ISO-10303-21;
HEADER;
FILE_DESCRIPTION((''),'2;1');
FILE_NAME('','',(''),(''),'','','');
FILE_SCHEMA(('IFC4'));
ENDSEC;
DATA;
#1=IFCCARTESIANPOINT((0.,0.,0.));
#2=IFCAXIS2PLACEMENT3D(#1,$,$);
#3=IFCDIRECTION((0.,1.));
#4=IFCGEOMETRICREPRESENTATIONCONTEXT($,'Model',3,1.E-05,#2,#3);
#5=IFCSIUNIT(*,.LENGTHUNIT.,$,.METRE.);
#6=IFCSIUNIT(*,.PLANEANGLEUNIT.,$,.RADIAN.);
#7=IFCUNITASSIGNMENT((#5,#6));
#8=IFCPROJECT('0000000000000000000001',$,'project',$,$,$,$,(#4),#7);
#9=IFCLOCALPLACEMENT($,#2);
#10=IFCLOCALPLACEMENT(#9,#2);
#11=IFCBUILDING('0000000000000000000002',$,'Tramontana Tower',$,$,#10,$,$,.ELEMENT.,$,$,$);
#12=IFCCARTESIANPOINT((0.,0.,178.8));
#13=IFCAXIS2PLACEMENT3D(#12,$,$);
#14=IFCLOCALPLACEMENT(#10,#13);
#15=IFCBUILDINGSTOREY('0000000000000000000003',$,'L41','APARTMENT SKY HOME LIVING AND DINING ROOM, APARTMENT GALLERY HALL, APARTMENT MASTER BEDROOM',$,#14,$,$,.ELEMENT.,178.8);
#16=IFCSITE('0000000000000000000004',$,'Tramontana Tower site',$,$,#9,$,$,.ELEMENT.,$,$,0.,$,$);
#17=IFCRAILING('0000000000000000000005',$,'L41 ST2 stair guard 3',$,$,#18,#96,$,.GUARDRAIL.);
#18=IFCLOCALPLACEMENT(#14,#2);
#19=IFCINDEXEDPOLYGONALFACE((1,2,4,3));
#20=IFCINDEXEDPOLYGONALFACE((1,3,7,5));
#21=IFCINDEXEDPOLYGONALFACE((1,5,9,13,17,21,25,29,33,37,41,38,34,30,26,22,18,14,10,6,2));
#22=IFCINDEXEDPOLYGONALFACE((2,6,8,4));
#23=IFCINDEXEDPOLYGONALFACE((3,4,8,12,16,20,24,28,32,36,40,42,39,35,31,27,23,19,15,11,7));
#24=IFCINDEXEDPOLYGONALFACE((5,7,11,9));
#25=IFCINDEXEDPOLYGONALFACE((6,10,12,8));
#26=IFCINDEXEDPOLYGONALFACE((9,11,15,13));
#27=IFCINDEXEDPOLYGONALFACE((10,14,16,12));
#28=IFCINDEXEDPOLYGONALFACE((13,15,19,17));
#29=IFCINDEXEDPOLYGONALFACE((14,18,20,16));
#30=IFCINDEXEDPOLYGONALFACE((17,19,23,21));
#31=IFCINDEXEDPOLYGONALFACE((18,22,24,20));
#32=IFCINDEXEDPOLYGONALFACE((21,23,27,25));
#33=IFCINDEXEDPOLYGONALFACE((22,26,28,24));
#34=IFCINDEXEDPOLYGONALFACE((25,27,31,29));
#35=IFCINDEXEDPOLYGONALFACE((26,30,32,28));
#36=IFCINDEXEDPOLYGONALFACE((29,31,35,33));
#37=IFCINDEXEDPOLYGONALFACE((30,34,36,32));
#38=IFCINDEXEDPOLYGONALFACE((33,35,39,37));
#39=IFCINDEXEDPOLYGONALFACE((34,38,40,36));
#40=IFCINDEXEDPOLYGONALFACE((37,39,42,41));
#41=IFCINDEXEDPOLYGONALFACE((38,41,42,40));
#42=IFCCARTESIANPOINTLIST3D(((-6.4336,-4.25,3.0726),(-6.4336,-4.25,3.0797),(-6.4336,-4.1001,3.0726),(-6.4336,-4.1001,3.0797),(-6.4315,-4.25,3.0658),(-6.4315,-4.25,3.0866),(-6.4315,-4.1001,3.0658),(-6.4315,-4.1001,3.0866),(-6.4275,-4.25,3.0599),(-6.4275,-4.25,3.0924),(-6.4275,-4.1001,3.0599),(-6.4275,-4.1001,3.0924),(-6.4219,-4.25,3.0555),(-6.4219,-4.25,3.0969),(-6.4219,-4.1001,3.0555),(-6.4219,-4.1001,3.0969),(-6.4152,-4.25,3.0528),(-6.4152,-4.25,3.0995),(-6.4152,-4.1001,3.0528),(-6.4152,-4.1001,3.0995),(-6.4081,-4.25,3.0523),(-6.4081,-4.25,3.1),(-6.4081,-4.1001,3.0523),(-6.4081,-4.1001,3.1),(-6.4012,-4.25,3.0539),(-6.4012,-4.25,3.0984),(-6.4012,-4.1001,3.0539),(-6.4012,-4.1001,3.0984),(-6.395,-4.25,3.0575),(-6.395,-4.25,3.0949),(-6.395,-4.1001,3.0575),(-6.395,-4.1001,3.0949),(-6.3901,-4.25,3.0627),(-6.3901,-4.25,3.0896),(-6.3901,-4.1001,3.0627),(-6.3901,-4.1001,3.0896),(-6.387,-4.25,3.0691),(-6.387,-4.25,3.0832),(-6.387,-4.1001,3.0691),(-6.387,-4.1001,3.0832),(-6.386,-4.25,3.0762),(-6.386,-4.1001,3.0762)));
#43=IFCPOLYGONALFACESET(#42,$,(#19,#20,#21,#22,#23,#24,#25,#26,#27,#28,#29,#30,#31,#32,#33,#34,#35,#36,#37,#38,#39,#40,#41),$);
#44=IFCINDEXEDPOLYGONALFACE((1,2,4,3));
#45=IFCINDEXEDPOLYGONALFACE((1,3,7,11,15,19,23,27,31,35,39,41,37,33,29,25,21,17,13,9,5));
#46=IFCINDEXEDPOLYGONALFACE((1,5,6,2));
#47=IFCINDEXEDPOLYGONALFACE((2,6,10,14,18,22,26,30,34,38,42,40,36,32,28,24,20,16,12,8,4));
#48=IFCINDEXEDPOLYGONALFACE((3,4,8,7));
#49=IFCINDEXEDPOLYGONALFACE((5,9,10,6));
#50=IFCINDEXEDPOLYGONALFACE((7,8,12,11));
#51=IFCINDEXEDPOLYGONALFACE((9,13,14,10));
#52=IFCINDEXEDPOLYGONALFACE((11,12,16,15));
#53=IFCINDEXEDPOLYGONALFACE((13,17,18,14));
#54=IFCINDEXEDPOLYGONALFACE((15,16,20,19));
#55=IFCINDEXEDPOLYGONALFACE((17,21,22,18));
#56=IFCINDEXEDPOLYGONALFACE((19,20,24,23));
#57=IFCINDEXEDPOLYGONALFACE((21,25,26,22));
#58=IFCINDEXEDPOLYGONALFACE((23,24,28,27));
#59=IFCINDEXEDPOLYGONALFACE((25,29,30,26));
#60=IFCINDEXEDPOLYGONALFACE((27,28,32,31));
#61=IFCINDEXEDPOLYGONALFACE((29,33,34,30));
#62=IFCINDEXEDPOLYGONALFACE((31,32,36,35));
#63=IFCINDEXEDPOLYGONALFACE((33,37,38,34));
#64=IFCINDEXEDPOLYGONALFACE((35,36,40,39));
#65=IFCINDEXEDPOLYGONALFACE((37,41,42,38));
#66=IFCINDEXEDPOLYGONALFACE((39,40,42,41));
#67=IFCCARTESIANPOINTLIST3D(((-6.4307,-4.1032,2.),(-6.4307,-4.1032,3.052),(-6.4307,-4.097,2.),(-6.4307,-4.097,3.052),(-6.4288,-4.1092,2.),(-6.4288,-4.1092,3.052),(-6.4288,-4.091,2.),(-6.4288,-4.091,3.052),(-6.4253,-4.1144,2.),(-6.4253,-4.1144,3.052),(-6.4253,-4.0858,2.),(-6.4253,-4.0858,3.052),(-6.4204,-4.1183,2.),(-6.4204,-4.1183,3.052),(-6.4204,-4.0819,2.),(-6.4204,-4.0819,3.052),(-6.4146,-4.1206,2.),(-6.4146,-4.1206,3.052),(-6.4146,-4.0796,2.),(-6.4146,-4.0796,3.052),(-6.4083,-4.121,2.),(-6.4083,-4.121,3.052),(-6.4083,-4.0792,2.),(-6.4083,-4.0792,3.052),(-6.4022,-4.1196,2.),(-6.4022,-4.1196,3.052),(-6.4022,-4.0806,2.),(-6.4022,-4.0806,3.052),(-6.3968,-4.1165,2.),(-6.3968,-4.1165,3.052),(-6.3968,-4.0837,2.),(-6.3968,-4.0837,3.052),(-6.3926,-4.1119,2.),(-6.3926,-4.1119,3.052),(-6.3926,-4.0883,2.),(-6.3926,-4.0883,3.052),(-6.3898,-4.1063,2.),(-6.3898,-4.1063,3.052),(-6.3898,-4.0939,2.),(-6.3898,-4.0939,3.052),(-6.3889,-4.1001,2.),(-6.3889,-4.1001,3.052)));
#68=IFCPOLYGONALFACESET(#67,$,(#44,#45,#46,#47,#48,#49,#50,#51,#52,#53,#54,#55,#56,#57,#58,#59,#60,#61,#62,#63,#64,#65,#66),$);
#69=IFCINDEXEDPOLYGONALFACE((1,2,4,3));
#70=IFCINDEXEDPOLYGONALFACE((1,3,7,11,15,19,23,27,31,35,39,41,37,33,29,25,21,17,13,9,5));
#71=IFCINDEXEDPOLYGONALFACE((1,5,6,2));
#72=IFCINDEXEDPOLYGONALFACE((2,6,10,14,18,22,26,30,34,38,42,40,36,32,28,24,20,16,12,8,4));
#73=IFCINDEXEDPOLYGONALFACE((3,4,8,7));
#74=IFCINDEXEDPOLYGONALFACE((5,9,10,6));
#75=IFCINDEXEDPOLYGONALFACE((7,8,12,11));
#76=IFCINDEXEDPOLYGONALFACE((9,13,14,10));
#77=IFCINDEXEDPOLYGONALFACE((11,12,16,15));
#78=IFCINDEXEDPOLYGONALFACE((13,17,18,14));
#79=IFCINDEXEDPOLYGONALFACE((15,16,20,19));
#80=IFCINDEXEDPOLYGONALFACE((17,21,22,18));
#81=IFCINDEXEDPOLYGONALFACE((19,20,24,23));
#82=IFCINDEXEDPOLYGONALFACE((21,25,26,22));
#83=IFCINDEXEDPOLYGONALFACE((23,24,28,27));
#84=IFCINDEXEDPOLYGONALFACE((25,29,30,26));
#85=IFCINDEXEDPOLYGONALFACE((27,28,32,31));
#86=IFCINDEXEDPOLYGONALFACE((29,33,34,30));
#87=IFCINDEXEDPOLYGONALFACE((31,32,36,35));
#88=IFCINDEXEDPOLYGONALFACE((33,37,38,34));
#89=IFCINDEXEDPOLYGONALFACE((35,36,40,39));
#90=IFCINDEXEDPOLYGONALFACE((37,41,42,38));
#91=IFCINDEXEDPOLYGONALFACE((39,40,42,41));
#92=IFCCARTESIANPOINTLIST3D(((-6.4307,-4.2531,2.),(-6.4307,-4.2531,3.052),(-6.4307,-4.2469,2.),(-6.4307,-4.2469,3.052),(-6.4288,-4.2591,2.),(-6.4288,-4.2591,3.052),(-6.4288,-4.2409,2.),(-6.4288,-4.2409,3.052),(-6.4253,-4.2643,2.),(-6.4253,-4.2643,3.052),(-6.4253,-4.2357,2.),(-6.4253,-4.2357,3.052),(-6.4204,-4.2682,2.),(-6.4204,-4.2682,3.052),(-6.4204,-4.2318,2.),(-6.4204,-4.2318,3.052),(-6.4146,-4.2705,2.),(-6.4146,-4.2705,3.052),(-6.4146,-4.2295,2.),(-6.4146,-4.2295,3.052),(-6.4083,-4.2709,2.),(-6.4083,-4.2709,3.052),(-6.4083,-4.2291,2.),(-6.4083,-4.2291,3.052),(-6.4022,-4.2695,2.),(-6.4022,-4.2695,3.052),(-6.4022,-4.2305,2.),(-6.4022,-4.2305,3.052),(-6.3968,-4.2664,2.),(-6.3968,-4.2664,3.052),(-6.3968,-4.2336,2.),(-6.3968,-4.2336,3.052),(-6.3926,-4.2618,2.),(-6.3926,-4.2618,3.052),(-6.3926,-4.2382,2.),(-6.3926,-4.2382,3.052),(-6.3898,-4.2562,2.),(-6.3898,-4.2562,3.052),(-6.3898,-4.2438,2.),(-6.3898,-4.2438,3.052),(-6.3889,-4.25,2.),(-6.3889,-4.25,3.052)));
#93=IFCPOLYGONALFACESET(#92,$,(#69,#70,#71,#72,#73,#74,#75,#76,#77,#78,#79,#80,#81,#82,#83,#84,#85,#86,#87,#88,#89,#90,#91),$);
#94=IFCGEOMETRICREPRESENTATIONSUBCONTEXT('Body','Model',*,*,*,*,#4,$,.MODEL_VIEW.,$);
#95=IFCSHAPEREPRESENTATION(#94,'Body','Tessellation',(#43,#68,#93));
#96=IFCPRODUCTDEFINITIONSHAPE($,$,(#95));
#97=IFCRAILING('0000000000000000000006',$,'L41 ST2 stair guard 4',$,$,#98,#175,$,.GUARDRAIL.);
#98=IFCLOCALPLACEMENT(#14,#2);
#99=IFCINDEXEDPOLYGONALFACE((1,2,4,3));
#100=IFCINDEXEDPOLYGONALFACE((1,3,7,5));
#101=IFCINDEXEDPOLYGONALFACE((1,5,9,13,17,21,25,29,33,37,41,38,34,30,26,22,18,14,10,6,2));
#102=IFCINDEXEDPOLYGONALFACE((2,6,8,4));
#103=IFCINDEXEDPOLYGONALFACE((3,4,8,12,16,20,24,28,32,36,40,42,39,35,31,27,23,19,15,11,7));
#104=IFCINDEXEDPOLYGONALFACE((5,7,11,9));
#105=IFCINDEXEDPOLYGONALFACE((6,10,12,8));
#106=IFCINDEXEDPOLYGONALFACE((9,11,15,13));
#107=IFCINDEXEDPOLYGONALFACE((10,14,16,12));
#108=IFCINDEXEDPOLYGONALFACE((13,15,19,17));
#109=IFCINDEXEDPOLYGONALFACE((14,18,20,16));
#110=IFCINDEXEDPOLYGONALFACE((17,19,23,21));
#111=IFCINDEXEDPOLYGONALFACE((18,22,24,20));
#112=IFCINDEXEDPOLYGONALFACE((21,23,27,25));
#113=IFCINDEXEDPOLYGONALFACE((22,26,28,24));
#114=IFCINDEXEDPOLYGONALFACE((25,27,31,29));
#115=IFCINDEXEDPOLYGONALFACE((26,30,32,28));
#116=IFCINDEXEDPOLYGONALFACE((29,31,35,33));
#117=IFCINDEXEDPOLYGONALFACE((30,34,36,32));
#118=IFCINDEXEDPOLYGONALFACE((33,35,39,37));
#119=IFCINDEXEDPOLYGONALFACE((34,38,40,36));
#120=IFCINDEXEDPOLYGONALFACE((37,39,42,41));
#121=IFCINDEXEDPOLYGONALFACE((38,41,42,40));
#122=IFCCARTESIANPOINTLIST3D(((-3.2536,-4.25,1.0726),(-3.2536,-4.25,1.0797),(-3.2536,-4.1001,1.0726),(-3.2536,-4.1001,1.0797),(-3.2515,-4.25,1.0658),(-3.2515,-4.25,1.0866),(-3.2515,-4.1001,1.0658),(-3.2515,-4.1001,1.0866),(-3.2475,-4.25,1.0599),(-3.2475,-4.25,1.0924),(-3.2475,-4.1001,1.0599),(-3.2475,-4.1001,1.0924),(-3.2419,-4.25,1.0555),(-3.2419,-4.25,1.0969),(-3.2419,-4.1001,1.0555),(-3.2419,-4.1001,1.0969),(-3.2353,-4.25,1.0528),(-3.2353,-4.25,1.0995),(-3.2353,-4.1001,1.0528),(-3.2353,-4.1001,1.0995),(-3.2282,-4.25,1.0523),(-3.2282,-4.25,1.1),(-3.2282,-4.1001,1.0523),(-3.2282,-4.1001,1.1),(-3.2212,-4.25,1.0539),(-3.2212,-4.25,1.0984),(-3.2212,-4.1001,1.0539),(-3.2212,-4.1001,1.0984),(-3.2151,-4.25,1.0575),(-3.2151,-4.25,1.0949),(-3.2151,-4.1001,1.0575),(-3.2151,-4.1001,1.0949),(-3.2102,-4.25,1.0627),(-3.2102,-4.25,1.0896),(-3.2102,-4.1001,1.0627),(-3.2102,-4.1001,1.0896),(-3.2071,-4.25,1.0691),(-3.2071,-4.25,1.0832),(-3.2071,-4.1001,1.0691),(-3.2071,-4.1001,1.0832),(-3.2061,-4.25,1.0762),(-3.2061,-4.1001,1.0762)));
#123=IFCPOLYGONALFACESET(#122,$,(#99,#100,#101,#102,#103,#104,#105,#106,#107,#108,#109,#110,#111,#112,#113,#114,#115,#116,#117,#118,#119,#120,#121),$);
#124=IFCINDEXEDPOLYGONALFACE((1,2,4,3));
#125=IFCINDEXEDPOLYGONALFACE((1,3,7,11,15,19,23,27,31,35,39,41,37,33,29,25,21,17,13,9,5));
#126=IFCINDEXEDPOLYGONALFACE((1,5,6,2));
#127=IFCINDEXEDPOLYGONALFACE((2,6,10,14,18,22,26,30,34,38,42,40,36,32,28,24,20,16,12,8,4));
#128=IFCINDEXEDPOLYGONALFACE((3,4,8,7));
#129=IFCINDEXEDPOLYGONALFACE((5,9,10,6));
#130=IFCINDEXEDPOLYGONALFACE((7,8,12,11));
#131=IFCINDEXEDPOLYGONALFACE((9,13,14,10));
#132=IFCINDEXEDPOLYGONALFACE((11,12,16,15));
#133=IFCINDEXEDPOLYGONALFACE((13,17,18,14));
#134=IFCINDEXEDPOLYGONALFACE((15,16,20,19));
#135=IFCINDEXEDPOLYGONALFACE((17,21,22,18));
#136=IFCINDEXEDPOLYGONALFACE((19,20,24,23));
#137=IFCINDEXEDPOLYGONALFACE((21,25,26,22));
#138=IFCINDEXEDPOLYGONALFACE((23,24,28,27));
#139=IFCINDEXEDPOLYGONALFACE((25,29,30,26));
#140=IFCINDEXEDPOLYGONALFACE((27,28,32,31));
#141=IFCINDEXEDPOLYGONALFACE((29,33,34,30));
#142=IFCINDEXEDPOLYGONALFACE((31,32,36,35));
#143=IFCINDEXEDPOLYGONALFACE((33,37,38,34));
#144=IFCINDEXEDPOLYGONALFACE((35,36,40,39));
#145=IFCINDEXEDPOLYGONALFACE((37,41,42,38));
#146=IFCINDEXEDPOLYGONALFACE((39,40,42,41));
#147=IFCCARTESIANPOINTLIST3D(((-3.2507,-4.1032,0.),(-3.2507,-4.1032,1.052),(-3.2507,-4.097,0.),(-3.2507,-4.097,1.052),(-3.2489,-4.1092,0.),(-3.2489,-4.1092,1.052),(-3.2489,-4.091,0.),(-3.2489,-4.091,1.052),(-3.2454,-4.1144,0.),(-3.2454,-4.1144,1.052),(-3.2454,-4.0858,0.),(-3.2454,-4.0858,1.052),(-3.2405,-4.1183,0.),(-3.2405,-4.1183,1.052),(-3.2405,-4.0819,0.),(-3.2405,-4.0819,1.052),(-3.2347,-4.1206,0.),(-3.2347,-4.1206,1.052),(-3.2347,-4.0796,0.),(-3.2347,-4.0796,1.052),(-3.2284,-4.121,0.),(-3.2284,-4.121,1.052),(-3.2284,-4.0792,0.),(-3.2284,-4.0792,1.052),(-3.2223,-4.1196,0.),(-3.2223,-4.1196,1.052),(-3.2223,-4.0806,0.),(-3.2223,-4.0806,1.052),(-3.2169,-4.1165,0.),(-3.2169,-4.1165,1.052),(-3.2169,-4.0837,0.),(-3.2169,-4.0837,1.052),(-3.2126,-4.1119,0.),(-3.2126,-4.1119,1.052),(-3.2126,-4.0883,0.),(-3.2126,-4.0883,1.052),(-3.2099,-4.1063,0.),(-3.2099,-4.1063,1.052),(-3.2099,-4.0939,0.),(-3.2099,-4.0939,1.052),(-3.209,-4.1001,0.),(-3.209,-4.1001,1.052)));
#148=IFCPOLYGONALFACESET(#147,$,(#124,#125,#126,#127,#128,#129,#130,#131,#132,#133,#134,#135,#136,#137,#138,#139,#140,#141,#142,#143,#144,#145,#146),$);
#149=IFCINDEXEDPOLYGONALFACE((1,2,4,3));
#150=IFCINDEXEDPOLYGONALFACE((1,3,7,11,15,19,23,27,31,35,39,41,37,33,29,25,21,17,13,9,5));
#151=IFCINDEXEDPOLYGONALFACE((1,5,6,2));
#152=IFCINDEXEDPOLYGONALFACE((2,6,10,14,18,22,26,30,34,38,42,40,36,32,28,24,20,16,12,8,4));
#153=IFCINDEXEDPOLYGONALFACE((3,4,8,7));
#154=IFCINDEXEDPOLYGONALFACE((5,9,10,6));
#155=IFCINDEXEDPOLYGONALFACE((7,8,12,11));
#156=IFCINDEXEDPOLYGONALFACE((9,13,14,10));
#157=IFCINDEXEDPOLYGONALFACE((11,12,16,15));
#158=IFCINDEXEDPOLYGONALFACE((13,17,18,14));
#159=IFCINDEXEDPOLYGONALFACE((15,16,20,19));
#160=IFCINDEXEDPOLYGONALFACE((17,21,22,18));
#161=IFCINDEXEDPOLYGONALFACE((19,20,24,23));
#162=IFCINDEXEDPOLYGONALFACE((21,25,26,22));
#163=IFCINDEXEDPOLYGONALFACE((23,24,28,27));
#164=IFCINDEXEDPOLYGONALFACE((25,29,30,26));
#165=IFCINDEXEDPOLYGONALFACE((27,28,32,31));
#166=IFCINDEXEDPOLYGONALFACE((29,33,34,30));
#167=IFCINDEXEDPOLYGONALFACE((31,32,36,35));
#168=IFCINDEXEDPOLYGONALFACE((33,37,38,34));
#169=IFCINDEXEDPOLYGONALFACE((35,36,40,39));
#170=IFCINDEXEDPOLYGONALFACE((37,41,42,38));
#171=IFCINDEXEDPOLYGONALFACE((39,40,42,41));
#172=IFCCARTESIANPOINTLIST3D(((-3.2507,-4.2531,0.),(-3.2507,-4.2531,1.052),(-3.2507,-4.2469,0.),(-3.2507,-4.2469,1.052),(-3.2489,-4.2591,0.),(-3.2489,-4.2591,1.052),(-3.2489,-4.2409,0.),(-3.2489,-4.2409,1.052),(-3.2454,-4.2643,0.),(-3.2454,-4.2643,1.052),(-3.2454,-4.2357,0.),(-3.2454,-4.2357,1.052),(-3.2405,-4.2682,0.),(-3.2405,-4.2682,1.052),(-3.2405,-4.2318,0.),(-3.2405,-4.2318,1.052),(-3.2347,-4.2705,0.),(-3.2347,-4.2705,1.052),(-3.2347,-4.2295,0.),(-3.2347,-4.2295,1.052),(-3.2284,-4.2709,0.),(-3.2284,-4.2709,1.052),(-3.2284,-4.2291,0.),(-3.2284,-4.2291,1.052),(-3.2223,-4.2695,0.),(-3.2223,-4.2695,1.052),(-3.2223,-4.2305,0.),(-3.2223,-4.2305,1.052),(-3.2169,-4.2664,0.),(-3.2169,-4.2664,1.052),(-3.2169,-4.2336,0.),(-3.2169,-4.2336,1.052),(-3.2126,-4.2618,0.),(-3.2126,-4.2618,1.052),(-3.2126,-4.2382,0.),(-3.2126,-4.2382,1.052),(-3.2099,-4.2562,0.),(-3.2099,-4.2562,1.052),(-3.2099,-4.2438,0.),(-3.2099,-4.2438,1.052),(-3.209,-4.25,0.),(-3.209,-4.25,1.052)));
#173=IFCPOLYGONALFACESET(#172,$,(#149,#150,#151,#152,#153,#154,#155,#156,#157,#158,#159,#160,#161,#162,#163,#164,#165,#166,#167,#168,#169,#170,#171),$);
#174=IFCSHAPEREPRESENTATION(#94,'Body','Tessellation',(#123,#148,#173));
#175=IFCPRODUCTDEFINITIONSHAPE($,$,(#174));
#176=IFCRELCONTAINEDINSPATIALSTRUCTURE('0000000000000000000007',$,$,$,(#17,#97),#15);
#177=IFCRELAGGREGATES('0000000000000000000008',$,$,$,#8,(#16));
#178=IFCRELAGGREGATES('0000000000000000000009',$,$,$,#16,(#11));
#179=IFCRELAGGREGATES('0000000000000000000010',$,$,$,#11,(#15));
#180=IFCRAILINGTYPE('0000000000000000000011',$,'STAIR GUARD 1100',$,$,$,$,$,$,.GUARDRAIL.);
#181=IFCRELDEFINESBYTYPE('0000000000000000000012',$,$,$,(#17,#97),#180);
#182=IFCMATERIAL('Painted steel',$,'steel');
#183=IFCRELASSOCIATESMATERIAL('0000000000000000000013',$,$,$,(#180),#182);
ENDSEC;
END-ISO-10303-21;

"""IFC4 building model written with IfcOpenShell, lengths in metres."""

from ifc_helpers import new_model, si_unit, direction, frame, origin, origin_2d, place, context, subcontext, project, spatial, circle, extrude, material, type_object, element, save


model = new_model("IFC4")

# Units and contexts
model_context = context("Model", 3, precision=1e-05, world=origin(), true_north=direction((0.0, 1.0)))
body_context = subcontext(model_context, "Body", "Model", "MODEL_VIEW")
ifc_project = project(units=[si_unit("LENGTHUNIT", "METRE"), si_unit("PLANEANGLEUNIT", "RADIAN")], contexts=[model_context])

# Site, building, storey
site_placement = place(None, origin())
site = spatial("IfcSite", under=ifc_project, at=site_placement, Name="Tramontana Tower site", CompositionType="ELEMENT", RefElevation=0.0)
building_placement = place(site_placement, origin())
building = spatial("IfcBuilding", under=site, at=building_placement, Name="Tramontana Tower", CompositionType="ELEMENT")
storey_placement = place(building_placement, frame((0.0, 0.0, 178.8)))
storey = spatial("IfcBuildingStorey", under=building, at=storey_placement, Name="L41", Description="APARTMENT SKY HOME LIVING AND DINING ROOM, APARTMENT GALLERY HALL, APARTMENT MASTER BEDROOM", CompositionType="ELEMENT", Elevation=178.8)

# Railings
ifc_material_1 = material(Name="Painted steel", Category="steel")
railing_type_1 = type_object("IfcRailingType", Name="STAIR GUARD 1100", PredefinedType="GUARDRAIL", material=ifc_material_1)
for number, where, name in (
    (1, (-6.4099, -4.1001, 2.0), "L41 ST2 stair guard 3"),
    (2, (-3.23, -4.1001, 0.0), "L41 ST2 stair guard 4"),
):
    element("IfcRailing", number, at=place(storey_placement, frame(where)), inside=storey, type_object=railing_type_1, Name=name, PredefinedType="GUARDRAIL", context=body_context, shape_type="SweptSolid", body=[
        extrude(circle(Radius=0.0239, at=origin_2d()), frame((0.0, 0.0, 1.0762), z_axis=(0.0, -1.0, 0.0), x_axis=(1.0, 0.0, 0.0)), (0.0, 0.0, 1.0), 0.1499),
        extrude(circle(Radius=0.021, at=origin_2d()), origin(), (0.0, 0.0, 1.0), 1.052),
        extrude(circle(Radius=0.021, at=origin_2d()), frame((0.0, -0.1499, 0.0)), (0.0, 0.0, 1.0), 1.052),
    ])

save(model, "model.ifc")
